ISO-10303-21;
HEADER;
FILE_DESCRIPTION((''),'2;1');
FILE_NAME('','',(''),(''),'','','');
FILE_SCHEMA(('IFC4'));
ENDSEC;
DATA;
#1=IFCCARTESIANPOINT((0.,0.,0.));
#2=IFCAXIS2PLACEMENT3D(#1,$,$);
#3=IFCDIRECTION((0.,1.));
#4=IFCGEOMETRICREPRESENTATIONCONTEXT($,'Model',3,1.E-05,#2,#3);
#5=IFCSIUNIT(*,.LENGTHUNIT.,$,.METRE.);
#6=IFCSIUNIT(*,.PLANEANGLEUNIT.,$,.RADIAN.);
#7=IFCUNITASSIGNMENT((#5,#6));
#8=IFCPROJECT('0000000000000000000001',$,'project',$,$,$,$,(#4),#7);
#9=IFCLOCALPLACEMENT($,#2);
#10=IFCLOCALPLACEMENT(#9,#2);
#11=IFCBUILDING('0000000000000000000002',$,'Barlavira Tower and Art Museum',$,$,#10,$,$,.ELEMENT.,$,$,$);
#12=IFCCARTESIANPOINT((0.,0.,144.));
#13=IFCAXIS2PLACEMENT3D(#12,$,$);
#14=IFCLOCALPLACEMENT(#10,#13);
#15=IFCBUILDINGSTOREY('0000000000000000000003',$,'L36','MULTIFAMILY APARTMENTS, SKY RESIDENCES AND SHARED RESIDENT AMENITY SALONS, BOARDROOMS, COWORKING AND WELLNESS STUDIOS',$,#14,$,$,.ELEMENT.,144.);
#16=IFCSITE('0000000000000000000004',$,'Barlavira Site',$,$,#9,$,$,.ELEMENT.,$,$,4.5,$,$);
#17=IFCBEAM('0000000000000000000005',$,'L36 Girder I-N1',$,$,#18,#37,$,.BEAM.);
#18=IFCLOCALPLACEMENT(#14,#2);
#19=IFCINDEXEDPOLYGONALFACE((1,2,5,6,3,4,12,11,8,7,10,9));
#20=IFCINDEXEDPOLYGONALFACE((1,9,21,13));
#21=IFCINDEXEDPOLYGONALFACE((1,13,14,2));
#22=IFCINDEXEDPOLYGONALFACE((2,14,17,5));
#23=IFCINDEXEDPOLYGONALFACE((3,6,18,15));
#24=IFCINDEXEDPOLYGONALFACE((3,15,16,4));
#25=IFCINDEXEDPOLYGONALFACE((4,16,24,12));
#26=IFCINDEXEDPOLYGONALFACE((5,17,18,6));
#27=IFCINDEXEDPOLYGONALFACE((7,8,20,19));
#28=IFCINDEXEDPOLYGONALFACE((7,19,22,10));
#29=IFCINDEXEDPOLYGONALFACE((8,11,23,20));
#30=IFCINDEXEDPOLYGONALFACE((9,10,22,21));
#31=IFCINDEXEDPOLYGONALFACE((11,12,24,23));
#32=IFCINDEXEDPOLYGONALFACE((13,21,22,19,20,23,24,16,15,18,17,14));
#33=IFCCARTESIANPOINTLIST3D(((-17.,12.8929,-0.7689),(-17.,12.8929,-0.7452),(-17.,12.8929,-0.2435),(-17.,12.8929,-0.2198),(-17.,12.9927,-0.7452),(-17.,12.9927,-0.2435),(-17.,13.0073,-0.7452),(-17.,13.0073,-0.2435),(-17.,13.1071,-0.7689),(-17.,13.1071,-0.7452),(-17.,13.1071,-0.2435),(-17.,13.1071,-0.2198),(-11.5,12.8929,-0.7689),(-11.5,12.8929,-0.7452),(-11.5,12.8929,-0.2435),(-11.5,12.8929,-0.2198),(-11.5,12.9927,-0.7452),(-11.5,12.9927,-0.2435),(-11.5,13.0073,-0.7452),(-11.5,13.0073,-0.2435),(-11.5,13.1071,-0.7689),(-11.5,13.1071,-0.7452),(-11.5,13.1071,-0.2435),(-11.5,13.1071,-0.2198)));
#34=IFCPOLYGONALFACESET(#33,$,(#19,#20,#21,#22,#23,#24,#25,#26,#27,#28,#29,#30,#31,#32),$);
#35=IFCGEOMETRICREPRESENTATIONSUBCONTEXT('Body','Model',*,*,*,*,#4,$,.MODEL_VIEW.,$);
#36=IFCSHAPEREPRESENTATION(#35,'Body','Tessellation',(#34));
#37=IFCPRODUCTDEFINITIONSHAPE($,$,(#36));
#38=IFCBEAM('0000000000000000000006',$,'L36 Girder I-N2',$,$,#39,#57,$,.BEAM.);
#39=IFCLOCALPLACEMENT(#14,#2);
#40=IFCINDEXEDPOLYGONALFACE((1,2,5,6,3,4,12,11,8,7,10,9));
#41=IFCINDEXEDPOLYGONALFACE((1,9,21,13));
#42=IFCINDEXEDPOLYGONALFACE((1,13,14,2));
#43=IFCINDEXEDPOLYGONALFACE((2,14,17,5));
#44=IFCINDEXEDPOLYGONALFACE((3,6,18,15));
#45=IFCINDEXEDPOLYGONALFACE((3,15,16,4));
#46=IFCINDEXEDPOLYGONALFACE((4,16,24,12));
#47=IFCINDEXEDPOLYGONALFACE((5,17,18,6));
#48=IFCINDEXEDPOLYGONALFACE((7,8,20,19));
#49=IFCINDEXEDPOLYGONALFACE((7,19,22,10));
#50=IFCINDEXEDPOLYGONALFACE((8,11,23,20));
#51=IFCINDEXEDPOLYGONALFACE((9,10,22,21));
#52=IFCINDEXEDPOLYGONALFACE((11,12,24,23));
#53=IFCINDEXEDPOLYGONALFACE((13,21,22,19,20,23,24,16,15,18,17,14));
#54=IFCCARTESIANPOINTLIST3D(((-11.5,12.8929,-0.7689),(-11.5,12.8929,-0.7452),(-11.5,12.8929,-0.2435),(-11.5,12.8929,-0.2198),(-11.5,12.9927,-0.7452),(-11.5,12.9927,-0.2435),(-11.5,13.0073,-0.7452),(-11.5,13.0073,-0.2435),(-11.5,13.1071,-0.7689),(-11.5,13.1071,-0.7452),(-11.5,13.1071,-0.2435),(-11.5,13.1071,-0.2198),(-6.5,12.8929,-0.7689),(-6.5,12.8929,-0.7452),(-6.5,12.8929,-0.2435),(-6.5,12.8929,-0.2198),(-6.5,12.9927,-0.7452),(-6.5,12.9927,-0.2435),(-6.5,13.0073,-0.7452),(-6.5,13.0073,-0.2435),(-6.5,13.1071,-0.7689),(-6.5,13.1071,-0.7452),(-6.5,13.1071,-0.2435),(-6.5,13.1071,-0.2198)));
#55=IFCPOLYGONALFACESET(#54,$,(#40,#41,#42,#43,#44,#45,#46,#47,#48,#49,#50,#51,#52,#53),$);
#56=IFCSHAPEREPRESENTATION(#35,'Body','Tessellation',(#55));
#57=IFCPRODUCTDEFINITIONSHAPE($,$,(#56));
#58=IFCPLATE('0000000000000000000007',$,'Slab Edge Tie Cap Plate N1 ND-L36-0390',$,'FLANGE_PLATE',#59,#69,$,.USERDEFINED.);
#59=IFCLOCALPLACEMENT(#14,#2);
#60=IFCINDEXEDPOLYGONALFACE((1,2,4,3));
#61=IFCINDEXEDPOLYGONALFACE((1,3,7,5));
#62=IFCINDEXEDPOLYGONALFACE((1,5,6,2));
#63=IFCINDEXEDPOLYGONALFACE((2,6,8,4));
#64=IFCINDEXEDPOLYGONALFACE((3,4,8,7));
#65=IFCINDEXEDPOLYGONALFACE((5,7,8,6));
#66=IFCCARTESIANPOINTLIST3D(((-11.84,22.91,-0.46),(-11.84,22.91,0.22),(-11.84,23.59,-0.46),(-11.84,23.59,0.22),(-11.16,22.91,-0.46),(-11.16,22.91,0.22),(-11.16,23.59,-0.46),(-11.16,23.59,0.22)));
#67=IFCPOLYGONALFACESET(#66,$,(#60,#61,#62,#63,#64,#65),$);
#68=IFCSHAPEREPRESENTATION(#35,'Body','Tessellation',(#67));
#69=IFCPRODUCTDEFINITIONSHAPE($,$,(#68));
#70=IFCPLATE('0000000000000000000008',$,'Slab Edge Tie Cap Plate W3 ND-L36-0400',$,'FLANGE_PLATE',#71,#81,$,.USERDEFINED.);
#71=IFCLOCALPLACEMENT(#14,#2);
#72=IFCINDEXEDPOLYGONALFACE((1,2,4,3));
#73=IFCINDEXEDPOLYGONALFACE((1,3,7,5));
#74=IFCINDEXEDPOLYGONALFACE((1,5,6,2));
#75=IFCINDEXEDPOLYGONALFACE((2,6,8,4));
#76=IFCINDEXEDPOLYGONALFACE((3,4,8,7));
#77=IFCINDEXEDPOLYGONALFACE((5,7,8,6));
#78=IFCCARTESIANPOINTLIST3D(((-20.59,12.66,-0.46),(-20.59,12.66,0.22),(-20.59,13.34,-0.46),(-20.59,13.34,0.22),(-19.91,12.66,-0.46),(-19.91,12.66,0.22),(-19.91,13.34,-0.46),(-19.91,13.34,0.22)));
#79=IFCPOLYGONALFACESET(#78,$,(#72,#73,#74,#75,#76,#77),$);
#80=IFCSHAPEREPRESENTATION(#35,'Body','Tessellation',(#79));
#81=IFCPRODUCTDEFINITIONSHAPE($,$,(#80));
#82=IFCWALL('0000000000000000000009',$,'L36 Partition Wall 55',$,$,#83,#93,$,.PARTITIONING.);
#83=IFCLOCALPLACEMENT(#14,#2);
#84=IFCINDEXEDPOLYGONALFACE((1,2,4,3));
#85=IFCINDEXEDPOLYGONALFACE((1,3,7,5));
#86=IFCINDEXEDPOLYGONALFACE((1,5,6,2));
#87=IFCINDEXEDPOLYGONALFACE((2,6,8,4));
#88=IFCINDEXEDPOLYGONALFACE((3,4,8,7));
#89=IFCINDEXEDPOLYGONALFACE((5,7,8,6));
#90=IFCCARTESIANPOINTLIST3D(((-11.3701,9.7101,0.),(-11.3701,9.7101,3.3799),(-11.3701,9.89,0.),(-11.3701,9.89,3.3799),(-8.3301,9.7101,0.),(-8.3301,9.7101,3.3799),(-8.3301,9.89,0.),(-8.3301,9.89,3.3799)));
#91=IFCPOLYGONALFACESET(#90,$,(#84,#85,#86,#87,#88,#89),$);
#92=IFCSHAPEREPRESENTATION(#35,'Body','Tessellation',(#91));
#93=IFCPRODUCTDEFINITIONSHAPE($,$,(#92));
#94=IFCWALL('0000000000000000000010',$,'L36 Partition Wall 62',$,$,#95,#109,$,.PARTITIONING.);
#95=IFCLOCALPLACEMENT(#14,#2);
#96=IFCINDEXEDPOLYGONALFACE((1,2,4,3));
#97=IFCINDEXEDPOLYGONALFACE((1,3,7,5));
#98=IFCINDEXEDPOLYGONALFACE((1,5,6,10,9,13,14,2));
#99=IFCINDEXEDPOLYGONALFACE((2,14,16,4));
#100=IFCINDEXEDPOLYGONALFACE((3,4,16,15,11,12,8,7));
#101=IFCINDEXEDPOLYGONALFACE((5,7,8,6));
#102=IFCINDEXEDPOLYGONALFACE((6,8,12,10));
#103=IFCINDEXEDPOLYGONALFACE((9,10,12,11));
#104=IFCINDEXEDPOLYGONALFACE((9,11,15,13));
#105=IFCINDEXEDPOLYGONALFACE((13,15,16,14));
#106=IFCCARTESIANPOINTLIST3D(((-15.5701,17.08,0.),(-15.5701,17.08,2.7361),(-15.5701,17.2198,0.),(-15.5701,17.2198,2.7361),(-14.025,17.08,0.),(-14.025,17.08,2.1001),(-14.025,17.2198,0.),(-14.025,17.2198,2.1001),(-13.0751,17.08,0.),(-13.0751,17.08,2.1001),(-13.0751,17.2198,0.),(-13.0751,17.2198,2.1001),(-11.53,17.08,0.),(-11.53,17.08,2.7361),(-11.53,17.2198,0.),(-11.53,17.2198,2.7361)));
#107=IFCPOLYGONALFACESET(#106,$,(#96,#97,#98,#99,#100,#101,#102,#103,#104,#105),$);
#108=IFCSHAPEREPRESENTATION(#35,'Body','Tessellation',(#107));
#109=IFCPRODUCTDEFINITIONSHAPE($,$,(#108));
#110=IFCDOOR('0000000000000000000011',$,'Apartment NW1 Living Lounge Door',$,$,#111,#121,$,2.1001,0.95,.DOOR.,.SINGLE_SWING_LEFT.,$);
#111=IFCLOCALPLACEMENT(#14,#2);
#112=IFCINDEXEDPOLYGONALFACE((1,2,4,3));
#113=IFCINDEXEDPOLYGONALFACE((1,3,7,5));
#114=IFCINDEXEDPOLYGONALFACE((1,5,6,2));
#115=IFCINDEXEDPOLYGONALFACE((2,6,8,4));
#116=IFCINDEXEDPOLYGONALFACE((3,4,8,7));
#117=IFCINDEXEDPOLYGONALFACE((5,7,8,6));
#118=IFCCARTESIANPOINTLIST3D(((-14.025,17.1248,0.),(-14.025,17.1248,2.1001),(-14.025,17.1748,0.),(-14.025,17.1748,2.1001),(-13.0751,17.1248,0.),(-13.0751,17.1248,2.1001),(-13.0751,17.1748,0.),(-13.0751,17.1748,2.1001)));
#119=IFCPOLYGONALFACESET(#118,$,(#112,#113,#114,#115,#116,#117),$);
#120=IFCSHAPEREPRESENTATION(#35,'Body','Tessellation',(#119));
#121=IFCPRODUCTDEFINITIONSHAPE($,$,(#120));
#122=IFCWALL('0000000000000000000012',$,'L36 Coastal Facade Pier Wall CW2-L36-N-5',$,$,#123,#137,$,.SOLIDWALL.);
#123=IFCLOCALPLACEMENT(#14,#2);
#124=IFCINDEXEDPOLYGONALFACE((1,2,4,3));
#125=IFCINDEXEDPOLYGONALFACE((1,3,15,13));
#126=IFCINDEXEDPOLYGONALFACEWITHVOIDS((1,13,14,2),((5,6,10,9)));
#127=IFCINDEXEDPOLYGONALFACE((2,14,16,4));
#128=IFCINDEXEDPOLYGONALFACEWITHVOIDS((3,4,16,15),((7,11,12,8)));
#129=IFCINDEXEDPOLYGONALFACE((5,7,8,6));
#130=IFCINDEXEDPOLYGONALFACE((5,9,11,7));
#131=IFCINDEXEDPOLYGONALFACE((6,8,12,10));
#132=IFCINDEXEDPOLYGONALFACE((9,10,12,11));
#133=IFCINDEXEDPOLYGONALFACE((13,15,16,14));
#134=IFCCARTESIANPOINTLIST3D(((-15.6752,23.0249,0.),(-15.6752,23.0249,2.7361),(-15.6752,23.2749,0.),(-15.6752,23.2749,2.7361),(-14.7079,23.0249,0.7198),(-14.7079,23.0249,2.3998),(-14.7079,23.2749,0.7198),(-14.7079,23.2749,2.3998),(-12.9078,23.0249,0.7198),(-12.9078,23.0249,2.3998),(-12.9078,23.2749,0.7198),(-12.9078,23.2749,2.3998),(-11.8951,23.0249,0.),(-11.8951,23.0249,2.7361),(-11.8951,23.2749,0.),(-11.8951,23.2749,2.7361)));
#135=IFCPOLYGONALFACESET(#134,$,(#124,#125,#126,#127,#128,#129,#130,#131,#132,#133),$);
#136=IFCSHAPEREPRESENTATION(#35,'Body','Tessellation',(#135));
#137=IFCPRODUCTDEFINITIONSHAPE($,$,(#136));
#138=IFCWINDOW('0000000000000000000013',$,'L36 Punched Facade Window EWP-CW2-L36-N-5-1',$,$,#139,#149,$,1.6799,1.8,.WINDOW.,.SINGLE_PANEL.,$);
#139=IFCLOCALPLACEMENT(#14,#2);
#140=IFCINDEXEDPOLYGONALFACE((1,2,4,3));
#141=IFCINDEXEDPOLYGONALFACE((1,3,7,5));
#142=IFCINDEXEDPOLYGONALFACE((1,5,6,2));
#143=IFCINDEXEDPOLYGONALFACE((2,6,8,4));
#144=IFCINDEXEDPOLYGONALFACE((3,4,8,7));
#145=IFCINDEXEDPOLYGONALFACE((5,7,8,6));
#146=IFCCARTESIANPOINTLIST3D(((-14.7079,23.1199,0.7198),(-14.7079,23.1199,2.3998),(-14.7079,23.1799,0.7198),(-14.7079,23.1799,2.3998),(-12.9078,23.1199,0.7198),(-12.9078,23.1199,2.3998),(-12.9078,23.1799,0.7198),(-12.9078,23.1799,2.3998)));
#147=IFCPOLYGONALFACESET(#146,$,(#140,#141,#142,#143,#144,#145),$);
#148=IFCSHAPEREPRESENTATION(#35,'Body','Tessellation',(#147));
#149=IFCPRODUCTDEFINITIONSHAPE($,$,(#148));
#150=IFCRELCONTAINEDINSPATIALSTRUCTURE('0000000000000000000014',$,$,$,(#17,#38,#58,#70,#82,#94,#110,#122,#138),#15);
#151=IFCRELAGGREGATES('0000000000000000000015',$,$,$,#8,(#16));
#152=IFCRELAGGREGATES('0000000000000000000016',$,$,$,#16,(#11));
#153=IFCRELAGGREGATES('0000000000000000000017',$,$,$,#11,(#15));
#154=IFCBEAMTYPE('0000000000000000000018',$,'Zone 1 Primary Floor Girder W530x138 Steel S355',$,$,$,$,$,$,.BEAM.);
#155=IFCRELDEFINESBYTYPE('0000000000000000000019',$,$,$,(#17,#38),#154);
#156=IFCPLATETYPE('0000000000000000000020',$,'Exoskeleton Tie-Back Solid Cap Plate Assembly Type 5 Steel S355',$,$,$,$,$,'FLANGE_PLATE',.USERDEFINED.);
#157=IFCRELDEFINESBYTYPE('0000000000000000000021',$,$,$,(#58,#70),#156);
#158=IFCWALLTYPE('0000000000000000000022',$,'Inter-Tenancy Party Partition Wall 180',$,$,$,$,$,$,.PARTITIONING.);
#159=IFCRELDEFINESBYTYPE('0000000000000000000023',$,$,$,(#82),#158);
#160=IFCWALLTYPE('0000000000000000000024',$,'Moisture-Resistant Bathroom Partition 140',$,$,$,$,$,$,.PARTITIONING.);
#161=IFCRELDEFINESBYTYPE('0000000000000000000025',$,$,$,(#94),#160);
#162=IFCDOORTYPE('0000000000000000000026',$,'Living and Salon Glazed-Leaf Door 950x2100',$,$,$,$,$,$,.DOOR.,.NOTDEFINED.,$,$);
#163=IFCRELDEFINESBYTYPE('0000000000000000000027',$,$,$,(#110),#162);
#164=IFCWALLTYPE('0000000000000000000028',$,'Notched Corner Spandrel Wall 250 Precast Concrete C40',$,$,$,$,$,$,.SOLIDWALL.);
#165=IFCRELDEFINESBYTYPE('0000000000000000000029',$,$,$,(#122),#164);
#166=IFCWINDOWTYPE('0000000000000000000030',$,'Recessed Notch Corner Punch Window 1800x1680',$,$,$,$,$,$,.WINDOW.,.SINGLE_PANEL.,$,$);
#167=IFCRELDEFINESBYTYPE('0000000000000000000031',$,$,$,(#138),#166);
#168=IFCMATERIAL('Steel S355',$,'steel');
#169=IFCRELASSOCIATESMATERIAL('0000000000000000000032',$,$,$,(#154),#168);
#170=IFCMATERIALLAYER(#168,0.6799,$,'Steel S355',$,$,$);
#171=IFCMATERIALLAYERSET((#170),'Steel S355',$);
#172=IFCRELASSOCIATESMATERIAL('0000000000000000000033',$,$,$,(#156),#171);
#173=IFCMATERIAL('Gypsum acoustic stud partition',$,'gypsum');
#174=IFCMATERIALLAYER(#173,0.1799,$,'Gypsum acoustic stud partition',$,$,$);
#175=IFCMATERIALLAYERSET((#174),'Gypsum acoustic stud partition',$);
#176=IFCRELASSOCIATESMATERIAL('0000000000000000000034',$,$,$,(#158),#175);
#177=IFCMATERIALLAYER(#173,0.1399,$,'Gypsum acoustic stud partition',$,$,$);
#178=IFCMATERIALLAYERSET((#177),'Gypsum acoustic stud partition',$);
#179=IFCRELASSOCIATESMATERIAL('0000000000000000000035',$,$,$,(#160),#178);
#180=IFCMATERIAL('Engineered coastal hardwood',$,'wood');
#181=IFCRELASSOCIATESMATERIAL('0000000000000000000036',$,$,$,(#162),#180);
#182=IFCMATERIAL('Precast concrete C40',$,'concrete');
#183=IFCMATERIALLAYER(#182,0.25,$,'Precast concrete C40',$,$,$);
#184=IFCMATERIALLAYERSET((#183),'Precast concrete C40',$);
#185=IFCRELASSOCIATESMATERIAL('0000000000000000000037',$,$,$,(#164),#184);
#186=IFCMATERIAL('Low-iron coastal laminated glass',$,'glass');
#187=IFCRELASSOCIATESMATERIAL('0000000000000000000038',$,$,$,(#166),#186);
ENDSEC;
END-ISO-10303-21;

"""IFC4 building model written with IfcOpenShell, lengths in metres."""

from ifc_helpers import new_model, si_unit, direction, frame, frame_2d, origin, origin_2d, place, context, subcontext, project, spatial, rectangle, i_section, extrude, material, layer, layer_set, material_profile, profile_set, type_object, element, fill, save


model = new_model("IFC4")

# Units and contexts
model_context = context("Model", 3, precision=1e-05, world=origin(), true_north=direction((0.0, 1.0)))
body_context = subcontext(model_context, "Body", "Model", "MODEL_VIEW")
ifc_project = project(units=[si_unit("LENGTHUNIT", "METRE"), si_unit("PLANEANGLEUNIT", "RADIAN")], contexts=[model_context])

# Site, building, storey
site_placement = place(None, origin())
site = spatial("IfcSite", under=ifc_project, at=site_placement, Name="Barlavira Site", CompositionType="ELEMENT", RefElevation=4.5)
building_placement = place(site_placement, origin())
building = spatial("IfcBuilding", under=site, at=building_placement, Name="Barlavira Tower and Art Museum", CompositionType="ELEMENT")
storey_placement = place(building_placement, frame((0.0, 0.0, 144.0)))
storey = spatial("IfcBuildingStorey", under=building, at=storey_placement, Name="L36", Description="MULTIFAMILY APARTMENTS, SKY RESIDENCES AND SHARED RESIDENT AMENITY SALONS, BOARDROOMS, COWORKING AND WELLNESS STUDIOS", CompositionType="ELEMENT", Elevation=144.0)

# Shared definitions
ifc_material_1 = material(Name="Steel S355", Category="steel")

# Beams
ifc_material_profile_1 = material_profile(ifc_material_1, i_section(OverallWidth=0.2141, OverallDepth=0.5491, WebThickness=0.0146, FlangeThickness=0.0237, at=origin_2d()), Name="W530x138.0")
ifc_profile_set_1 = profile_set([ifc_material_profile_1], Name="Steel S355")
beam_type_1 = type_object("IfcBeamType", Name="Zone 1 Primary Floor Girder W530x138 Steel S355", PredefinedType="BEAM", material=ifc_profile_set_1)
beam_1_placement = place(storey_placement, frame((-17.0, 13.0, -0.4944), z_axis=(1.0, 0.0, 0.0), x_axis=(0.0, 1.0, 0.0)))
element("IfcBeam", 1, at=beam_1_placement, inside=storey, type_object=beam_type_1, Name="L36 Girder I-N1", PredefinedType="BEAM", context=body_context, shape_type="SweptSolid", body=[
    extrude(i_section(OverallWidth=0.2141, OverallDepth=0.5491, WebThickness=0.0146, FlangeThickness=0.0237, at=origin_2d()), origin(), (0.0, 0.0, 1.0), 5.5),
])
beam_2_placement = place(storey_placement, frame((-11.5, 13.0, -0.4944), z_axis=(1.0, 0.0, 0.0), x_axis=(0.0, 1.0, 0.0)))
element("IfcBeam", 2, at=beam_2_placement, inside=storey, type_object=beam_type_1, Name="L36 Girder I-N2", PredefinedType="BEAM", context=body_context, shape_type="SweptSolid", body=[
    extrude(i_section(OverallWidth=0.2141, OverallDepth=0.5491, WebThickness=0.0146, FlangeThickness=0.0237, at=origin_2d()), origin(), (0.0, 0.0, 1.0), 5.0),
])

# Plates
ifc_layer_1 = layer(ifc_material_1, 0.6799, Name="Steel S355")
ifc_layer_set_1 = layer_set([ifc_layer_1], Name="Steel S355")
plate_type = type_object("IfcPlateType", Name="Exoskeleton Tie-Back Solid Cap Plate Assembly Type 5 Steel S355", ElementType="FLANGE_PLATE", PredefinedType="USERDEFINED", material=ifc_layer_set_1)
for number, where, z_axis, x_axis, name in (
    (3, (-11.5, 23.25, -0.46), (0.0, 0.0, 1.0), (1.0, 0.0, 0.0), "Slab Edge Tie Cap Plate N1 ND-L36-0390"),
    (4, (-20.25, 13.0, -0.46), (0.0, 0.0, 1.0), (1.0, 0.0, 0.0), "Slab Edge Tie Cap Plate W3 ND-L36-0400"),
):
    element("IfcPlate", number, at=place(storey_placement, frame(where, z_axis=z_axis, x_axis=x_axis)), inside=storey, type_object=plate_type, Name=name, ObjectType="FLANGE_PLATE", PredefinedType="USERDEFINED", context=body_context, shape_type="SweptSolid", body=[
        extrude(rectangle(XDim=0.6799, YDim=0.6799, at=origin_2d()), origin(), (0.0, 0.0, 1.0), 0.6799),
    ])

# Wall
ifc_material_2 = material(Name="Gypsum acoustic stud partition", Category="gypsum")
ifc_layer_2 = layer(ifc_material_2, 0.1799, Name="Gypsum acoustic stud partition")
ifc_layer_set_2 = layer_set([ifc_layer_2], Name="Gypsum acoustic stud partition")
wall_type_1 = type_object("IfcWallType", Name="Inter-Tenancy Party Partition Wall 180", PredefinedType="PARTITIONING", material=ifc_layer_set_2)
wall_1_placement = place(storey_placement, frame((-11.3701, 9.8, 0.0), z_axis=(0.0, 0.0, 1.0), x_axis=(1.0, 0.0, 0.0)))
element("IfcWall", 5, at=wall_1_placement, inside=storey, type_object=wall_type_1, Name="L36 Partition Wall 55", PredefinedType="PARTITIONING", context=body_context, shape_type="SweptSolid", body=[
    extrude(rectangle(XDim=3.04, YDim=0.1799, at=frame_2d((1.52, 0.0))), origin(), (0.0, 0.0, 1.0), 3.3799),
])

# Wall, opening, door
ifc_layer_3 = layer(ifc_material_2, 0.1399, Name="Gypsum acoustic stud partition")
ifc_layer_set_3 = layer_set([ifc_layer_3], Name="Gypsum acoustic stud partition")
wall_type_2 = type_object("IfcWallType", Name="Moisture-Resistant Bathroom Partition 140", PredefinedType="PARTITIONING", material=ifc_layer_set_3)
wall_2_placement = place(storey_placement, frame((-15.5701, 17.1499, 0.0), z_axis=(0.0, 0.0, 1.0), x_axis=(1.0, 0.0, 0.0)))
wall_2 = element("IfcWall", 6, at=wall_2_placement, inside=storey, type_object=wall_type_2, Name="L36 Partition Wall 62", PredefinedType="PARTITIONING", context=body_context, shape_type="SweptSolid", body=[
    extrude(rectangle(XDim=4.04, YDim=0.1399, at=frame_2d((2.02, 0.0))), origin(), (0.0, 0.0, 1.0), 2.7361),
])
opening_1_placement = place(wall_2_placement, frame((1.5449, 0.0, 0.0)))
opening_1 = element("IfcOpeningElement", 7, at=opening_1_placement, cuts=wall_2, PredefinedType="OPENING", context=body_context, shape_type="SweptSolid", body=[
    extrude(rectangle(XDim=0.95, YDim=2.1001, at=frame_2d((0.4751, 1.05))), frame((0.0, 0.0801, 0.0), z_axis=(0.0, -1.0, 0.0), x_axis=(1.0, 0.0, 0.0)), (0.0, 0.0, 1.0), 0.1599),
])
ifc_material_3 = material(Name="Engineered coastal hardwood", Category="wood")
door_type = type_object("IfcDoorType", Name="Living and Salon Glazed-Leaf Door 950x2100", OperationType="NOTDEFINED", PredefinedType="DOOR", material=ifc_material_3)
door_placement = place(opening_1_placement, origin())
door = element("IfcDoor", 8, at=door_placement, inside=storey, type_object=door_type, Name="Apartment NW1 Living Lounge Door", OperationType="SINGLE_SWING_LEFT", OverallHeight=2.1001, OverallWidth=0.95, PredefinedType="DOOR", context=body_context, shape_type="SweptSolid", body=[
    extrude(rectangle(XDim=0.95, YDim=2.1001, at=frame_2d((0.4751, 1.05))), frame((0.0, 0.0249, 0.0), z_axis=(0.0, -1.0, 0.0), x_axis=(1.0, 0.0, 0.0)), (0.0, 0.0, 1.0), 0.05),
])
fill(opening_1, door)

# Wall, opening, window
ifc_material_4 = material(Name="Precast concrete C40", Category="concrete")
ifc_layer_4 = layer(ifc_material_4, 0.25, Name="Precast concrete C40")
ifc_layer_set_4 = layer_set([ifc_layer_4], Name="Precast concrete C40")
wall_type_3 = type_object("IfcWallType", Name="Notched Corner Spandrel Wall 250 Precast Concrete C40", PredefinedType="SOLIDWALL", material=ifc_layer_set_4)
wall_3_placement = place(storey_placement, frame((-11.895, 23.1499, 0.0), z_axis=(0.0, 0.0, 1.0), x_axis=(-1.0, 0.0, 0.0)))
wall_3 = element("IfcWall", 9, at=wall_3_placement, inside=storey, type_object=wall_type_3, Name="L36 Coastal Facade Pier Wall CW2-L36-N-5", PredefinedType="SOLIDWALL", context=body_context, shape_type="SweptSolid", body=[
    extrude(rectangle(XDim=3.78, YDim=0.25, at=frame_2d((1.8901, 0.0))), origin(), (0.0, 0.0, 1.0), 2.7361),
])
opening_2_placement = place(wall_3_placement, frame((1.0129, 0.0, 0.72)))
opening_2 = element("IfcOpeningElement", 10, at=opening_2_placement, cuts=wall_3, PredefinedType="OPENING", context=body_context, shape_type="SweptSolid", body=[
    extrude(rectangle(XDim=1.8, YDim=1.6799, at=frame_2d((0.8999, 0.8398))), frame((0.0, 0.135, 0.0), z_axis=(0.0, -1.0, 0.0), x_axis=(1.0, 0.0, 0.0)), (0.0, 0.0, 1.0), 0.27),
])
ifc_material_5 = material(Name="Low-iron coastal laminated glass", Category="glass")
window_type = type_object("IfcWindowType", Name="Recessed Notch Corner Punch Window 1800x1680", PartitioningType="SINGLE_PANEL", PredefinedType="WINDOW", material=ifc_material_5)
window_1_placement = place(opening_2_placement, origin())
window_1 = element("IfcWindow", 11, at=window_1_placement, inside=storey, type_object=window_type, Name="L36 Punched Facade Window EWP-CW2-L36-N-5-1", OverallHeight=1.6799, OverallWidth=1.8, PartitioningType="SINGLE_PANEL", PredefinedType="WINDOW", context=body_context, shape_type="SweptSolid", body=[
    extrude(rectangle(XDim=1.8, YDim=1.6799, at=frame_2d((0.8999, 0.8398))), frame((0.0, 0.03, 0.0), z_axis=(0.0, -1.0, 0.0), x_axis=(1.0, 0.0, 0.0)), (0.0, 0.0, 1.0), 0.0601),
])
fill(opening_2, window_1)

save(model, "model.ifc")
